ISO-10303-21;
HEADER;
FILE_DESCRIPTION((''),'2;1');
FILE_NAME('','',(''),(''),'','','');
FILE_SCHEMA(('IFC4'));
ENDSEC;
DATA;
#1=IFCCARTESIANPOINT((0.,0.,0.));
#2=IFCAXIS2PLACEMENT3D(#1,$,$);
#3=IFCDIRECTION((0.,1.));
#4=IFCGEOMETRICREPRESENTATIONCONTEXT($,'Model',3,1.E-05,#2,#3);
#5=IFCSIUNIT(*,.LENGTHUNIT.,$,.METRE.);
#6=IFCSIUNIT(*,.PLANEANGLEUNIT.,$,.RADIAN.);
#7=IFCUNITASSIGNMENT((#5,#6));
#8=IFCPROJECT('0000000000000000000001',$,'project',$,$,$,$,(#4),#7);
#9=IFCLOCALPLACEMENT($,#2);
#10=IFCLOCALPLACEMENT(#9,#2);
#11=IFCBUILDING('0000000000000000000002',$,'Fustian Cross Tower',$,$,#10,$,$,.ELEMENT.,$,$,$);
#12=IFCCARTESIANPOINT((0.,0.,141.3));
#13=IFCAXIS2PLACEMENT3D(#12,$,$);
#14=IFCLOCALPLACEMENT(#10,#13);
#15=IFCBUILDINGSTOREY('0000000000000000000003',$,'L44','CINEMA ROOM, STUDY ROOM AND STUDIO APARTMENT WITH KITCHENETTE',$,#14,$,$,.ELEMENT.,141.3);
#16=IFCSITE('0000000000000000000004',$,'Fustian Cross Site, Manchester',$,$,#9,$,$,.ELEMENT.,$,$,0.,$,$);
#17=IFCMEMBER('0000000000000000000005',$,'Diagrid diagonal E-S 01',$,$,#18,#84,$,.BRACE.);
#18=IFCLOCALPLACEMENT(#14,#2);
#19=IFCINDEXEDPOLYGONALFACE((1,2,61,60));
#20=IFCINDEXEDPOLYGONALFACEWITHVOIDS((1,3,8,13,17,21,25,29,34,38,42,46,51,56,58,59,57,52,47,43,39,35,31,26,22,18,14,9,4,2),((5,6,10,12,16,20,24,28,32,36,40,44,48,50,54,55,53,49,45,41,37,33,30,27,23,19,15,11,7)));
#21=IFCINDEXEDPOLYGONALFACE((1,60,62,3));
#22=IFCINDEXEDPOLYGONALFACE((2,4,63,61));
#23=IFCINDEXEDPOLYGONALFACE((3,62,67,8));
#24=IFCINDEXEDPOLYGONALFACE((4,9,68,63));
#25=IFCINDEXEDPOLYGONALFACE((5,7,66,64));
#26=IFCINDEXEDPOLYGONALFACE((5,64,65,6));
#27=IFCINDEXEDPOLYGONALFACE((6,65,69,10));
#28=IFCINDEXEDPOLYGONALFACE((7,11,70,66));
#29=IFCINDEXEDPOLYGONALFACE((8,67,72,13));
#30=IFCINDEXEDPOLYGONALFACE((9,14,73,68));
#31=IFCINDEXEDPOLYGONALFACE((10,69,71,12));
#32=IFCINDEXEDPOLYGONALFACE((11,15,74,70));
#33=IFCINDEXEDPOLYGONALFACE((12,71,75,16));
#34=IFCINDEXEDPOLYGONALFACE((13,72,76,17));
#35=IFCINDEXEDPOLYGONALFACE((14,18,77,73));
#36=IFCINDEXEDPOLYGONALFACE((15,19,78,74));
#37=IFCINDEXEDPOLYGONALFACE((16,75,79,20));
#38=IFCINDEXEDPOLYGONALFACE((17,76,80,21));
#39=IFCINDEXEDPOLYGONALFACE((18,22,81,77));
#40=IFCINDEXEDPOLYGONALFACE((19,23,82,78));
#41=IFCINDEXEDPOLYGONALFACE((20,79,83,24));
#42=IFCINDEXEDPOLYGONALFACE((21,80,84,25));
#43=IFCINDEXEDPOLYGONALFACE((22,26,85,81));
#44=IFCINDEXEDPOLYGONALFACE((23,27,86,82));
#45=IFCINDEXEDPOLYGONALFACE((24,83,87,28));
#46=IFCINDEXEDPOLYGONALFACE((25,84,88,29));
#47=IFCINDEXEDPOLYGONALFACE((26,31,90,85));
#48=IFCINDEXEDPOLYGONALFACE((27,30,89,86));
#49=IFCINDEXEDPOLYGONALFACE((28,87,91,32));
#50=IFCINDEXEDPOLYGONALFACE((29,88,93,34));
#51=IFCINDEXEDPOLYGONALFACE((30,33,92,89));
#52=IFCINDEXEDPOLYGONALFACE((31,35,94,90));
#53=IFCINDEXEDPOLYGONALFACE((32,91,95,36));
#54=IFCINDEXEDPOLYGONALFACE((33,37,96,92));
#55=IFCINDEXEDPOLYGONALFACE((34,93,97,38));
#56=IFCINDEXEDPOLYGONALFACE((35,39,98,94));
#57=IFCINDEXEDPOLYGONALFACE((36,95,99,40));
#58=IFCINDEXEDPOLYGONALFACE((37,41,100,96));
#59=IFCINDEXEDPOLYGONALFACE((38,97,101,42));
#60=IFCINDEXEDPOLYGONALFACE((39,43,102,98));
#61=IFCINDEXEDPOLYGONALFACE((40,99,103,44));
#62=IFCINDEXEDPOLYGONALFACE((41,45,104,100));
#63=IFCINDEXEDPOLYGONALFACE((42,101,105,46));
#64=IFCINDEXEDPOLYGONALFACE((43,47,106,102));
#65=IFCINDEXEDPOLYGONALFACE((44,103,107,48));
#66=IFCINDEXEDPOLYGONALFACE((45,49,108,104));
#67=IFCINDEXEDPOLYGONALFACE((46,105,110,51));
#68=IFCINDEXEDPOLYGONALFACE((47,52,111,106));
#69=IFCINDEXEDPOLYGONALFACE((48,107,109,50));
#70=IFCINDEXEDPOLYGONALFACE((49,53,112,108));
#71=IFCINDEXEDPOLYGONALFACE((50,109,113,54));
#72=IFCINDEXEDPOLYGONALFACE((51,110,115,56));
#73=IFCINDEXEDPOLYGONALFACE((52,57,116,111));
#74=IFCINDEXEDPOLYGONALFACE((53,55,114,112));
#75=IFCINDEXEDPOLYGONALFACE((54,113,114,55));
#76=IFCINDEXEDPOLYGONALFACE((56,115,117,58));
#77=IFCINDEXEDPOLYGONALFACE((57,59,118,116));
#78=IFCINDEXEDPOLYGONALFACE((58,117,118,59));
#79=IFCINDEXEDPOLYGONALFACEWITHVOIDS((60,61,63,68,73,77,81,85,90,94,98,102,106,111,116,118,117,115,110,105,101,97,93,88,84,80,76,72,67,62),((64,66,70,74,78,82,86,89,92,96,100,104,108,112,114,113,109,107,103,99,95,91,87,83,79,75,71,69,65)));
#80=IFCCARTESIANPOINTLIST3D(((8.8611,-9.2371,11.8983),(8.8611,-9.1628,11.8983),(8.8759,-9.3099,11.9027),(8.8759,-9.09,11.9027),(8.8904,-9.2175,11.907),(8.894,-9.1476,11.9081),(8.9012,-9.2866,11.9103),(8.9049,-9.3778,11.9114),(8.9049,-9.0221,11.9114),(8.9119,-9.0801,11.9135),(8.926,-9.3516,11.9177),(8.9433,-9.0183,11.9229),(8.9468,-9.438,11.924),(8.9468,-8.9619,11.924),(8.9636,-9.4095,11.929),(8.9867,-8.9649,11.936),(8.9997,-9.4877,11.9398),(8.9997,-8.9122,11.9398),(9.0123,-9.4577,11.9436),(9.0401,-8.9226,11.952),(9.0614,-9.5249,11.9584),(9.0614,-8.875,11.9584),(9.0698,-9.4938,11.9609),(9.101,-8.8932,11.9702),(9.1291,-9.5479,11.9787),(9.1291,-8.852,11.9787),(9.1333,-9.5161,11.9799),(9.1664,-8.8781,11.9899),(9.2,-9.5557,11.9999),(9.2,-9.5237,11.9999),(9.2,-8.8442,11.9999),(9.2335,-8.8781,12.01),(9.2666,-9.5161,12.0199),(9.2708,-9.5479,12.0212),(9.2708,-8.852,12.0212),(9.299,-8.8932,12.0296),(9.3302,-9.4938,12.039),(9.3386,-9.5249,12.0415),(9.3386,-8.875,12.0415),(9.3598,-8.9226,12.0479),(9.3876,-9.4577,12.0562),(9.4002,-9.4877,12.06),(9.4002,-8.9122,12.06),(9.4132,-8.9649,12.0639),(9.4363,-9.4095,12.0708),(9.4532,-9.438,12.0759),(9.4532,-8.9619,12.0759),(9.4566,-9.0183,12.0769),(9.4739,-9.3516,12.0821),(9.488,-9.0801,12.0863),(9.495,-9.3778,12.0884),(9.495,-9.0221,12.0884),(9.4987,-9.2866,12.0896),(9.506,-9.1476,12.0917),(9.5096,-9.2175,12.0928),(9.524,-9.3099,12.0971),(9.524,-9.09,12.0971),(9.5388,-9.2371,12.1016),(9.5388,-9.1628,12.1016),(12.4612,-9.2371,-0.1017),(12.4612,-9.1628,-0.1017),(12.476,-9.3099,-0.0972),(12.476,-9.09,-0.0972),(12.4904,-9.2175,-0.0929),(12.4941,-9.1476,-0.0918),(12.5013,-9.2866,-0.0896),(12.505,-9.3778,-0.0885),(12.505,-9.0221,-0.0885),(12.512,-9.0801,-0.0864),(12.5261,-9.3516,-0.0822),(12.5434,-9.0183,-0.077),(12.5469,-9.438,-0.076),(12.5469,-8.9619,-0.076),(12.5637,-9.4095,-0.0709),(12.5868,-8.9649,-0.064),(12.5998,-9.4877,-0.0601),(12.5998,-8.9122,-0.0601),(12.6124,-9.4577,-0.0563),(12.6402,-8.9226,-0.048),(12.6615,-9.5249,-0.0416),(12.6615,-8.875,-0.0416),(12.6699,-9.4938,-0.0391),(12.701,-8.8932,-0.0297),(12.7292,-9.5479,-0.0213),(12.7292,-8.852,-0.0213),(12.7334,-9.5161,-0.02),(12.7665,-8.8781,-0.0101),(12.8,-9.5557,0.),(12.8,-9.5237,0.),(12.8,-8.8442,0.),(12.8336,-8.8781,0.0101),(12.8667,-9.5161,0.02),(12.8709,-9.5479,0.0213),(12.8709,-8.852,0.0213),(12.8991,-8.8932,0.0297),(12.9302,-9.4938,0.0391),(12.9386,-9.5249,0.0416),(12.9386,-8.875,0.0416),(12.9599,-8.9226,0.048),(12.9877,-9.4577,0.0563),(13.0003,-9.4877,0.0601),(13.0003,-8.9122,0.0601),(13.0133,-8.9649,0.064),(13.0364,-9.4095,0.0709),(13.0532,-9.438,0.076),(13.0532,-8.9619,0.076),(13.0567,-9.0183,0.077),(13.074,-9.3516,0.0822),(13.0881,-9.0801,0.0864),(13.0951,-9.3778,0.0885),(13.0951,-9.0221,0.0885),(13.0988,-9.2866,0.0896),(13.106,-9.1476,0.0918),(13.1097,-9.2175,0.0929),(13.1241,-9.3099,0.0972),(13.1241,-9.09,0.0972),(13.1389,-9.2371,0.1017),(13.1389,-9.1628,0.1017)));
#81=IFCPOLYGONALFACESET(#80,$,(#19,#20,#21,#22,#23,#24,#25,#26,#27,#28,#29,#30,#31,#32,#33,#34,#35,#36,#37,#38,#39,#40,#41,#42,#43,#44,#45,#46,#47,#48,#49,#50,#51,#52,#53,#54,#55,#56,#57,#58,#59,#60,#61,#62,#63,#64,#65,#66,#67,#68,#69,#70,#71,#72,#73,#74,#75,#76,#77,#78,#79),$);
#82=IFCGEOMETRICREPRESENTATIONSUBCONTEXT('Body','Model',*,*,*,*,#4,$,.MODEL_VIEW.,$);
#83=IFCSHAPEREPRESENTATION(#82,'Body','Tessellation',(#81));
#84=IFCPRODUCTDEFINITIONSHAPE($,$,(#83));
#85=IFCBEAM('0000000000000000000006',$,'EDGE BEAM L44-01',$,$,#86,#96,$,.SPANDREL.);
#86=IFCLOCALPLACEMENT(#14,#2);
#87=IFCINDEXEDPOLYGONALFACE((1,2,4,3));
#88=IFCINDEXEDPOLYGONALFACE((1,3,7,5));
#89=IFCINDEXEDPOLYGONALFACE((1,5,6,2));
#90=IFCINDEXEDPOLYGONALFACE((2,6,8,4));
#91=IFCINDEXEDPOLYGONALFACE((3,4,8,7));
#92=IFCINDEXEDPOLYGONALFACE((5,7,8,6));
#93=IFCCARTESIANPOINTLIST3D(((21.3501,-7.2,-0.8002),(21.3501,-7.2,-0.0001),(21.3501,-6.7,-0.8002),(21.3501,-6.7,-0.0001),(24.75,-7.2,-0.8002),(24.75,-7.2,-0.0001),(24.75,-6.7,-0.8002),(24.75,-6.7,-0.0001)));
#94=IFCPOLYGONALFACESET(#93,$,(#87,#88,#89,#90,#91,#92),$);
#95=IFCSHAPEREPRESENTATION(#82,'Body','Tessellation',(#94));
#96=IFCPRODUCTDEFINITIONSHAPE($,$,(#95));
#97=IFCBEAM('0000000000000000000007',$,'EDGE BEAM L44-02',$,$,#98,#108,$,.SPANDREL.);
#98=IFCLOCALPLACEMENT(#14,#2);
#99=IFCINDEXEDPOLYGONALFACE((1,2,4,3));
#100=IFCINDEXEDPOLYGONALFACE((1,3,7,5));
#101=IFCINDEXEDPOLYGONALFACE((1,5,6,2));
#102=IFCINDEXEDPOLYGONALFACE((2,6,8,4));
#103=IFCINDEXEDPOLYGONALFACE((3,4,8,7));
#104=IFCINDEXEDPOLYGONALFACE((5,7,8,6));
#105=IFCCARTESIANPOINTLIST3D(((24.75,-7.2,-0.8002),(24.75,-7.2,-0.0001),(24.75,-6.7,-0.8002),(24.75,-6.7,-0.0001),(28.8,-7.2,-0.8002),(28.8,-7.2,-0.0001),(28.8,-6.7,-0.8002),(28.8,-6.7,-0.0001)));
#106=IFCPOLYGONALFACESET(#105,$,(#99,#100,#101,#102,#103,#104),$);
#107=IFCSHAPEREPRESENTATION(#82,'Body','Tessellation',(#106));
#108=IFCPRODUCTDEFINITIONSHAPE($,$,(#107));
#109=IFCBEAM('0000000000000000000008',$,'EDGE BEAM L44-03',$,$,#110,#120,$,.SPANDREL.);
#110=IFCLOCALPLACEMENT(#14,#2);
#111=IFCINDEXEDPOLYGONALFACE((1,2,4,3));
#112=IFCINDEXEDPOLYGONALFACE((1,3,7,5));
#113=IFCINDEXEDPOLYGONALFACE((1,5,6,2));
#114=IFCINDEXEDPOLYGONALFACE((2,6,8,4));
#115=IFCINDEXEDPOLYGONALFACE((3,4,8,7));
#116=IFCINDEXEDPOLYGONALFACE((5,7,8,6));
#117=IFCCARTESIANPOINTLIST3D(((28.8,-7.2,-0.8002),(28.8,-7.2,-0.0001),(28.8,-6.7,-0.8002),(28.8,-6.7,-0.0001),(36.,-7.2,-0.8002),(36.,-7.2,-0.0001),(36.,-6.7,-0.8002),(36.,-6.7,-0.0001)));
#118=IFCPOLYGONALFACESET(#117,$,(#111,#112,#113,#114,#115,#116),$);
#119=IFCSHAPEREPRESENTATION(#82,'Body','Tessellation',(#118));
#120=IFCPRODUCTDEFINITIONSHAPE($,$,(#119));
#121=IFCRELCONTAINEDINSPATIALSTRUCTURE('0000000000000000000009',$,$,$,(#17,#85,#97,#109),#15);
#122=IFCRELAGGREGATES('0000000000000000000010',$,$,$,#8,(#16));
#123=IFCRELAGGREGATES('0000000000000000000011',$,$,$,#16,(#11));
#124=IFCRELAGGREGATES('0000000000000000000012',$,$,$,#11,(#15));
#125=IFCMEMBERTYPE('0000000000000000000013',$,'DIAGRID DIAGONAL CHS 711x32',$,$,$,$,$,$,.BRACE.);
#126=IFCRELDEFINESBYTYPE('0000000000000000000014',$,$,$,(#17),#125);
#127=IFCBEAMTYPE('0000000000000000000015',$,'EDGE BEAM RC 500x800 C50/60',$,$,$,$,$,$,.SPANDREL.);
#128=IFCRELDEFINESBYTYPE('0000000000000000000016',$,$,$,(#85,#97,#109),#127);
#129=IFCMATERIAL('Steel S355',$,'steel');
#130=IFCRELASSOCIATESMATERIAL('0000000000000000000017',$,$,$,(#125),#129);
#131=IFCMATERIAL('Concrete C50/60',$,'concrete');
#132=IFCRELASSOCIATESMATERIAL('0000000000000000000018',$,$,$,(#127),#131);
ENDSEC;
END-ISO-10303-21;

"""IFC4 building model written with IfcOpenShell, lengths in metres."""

from ifc_helpers import new_model, si_unit, direction, frame, origin, origin_2d, place, context, subcontext, project, spatial, rectangle, hollow_circle, extrude, material, material_profile, profile_set, type_object, element, save


model = new_model("IFC4")

# Units and contexts
model_context = context("Model", 3, precision=1e-05, world=origin(), true_north=direction((0.0, 1.0)))
body_context = subcontext(model_context, "Body", "Model", "MODEL_VIEW")
ifc_project = project(units=[si_unit("LENGTHUNIT", "METRE"), si_unit("PLANEANGLEUNIT", "RADIAN")], contexts=[model_context])

# Site, building, storey
site_placement = place(None, origin())
site = spatial("IfcSite", under=ifc_project, at=site_placement, Name="Fustian Cross Site, Manchester", CompositionType="ELEMENT", RefElevation=0.0)
building_placement = place(site_placement, origin())
building = spatial("IfcBuilding", under=site, at=building_placement, Name="Fustian Cross Tower", CompositionType="ELEMENT")
storey_placement = place(building_placement, frame((0.0, 0.0, 141.3)))
storey = spatial("IfcBuildingStorey", under=building, at=storey_placement, Name="L44", Description="CINEMA ROOM, STUDY ROOM AND STUDIO APARTMENT WITH KITCHENETTE", CompositionType="ELEMENT", Elevation=141.3)

# Member
ifc_material_1 = material(Name="Steel S355", Category="steel")
ifc_material_profile_1 = material_profile(ifc_material_1, hollow_circle(Radius=0.3557, WallThickness=0.032, at=origin_2d()), Name="CHS 711x32")
ifc_profile_set_1 = profile_set([ifc_material_profile_1], Name="Steel S355")
member_type_1 = type_object("IfcMemberType", Name="DIAGRID DIAGONAL CHS 711x32", PredefinedType="BRACE", material=ifc_profile_set_1)
member_placement = place(storey_placement, frame((12.8, -9.2, 0.0), z_axis=(-0.287355, 0.0, 0.957824), x_axis=(0.0, -1.0, 0.0)))
element("IfcMember", 1, at=member_placement, inside=storey, type_object=member_type_1, Name="Diagrid diagonal E-S 01", PredefinedType="BRACE", context=body_context, shape_type="SweptSolid", body=[
    extrude(hollow_circle(Radius=0.3557, WallThickness=0.032, at=origin_2d()), origin(), (0.0, 0.0, 1.0), 12.5283),
])

# Beams
ifc_material_2 = material(Name="Concrete C50/60", Category="concrete")
ifc_material_profile_2 = material_profile(ifc_material_2, rectangle(XDim=0.5, YDim=0.8, at=origin_2d()), Name="RC 500x800")
ifc_profile_set_2 = profile_set([ifc_material_profile_2], Name="Concrete C50/60")
beam_type = type_object("IfcBeamType", Name="EDGE BEAM RC 500x800 C50/60", PredefinedType="SPANDREL", material=ifc_profile_set_2)
beam_1_placement = place(storey_placement, frame((21.3501, -6.95, -0.4001), z_axis=(1.0, 0.0, 0.0), x_axis=(0.0, 1.0, 0.0)))
element("IfcBeam", 2, at=beam_1_placement, inside=storey, type_object=beam_type, Name="EDGE BEAM L44-01", PredefinedType="SPANDREL", context=body_context, shape_type="SweptSolid", body=[
    extrude(rectangle(XDim=0.5, YDim=0.8, at=origin_2d()), origin(), (0.0, 0.0, 1.0), 3.3999),
])
beam_2_placement = place(storey_placement, frame((24.75, -6.95, -0.4001), z_axis=(1.0, 0.0, 0.0), x_axis=(0.0, 1.0, 0.0)))
element("IfcBeam", 3, at=beam_2_placement, inside=storey, type_object=beam_type, Name="EDGE BEAM L44-02", PredefinedType="SPANDREL", context=body_context, shape_type="SweptSolid", body=[
    extrude(rectangle(XDim=0.5, YDim=0.8, at=origin_2d()), origin(), (0.0, 0.0, 1.0), 4.05),
])
beam_3_placement = place(storey_placement, frame((28.8, -6.95, -0.4001), z_axis=(1.0, 0.0, 0.0), x_axis=(0.0, 1.0, 0.0)))
element("IfcBeam", 4, at=beam_3_placement, inside=storey, type_object=beam_type, Name="EDGE BEAM L44-03", PredefinedType="SPANDREL", context=body_context, shape_type="SweptSolid", body=[
    extrude(rectangle(XDim=0.5, YDim=0.8, at=origin_2d()), origin(), (0.0, 0.0, 1.0), 7.2),
])

save(model, "model.ifc")
